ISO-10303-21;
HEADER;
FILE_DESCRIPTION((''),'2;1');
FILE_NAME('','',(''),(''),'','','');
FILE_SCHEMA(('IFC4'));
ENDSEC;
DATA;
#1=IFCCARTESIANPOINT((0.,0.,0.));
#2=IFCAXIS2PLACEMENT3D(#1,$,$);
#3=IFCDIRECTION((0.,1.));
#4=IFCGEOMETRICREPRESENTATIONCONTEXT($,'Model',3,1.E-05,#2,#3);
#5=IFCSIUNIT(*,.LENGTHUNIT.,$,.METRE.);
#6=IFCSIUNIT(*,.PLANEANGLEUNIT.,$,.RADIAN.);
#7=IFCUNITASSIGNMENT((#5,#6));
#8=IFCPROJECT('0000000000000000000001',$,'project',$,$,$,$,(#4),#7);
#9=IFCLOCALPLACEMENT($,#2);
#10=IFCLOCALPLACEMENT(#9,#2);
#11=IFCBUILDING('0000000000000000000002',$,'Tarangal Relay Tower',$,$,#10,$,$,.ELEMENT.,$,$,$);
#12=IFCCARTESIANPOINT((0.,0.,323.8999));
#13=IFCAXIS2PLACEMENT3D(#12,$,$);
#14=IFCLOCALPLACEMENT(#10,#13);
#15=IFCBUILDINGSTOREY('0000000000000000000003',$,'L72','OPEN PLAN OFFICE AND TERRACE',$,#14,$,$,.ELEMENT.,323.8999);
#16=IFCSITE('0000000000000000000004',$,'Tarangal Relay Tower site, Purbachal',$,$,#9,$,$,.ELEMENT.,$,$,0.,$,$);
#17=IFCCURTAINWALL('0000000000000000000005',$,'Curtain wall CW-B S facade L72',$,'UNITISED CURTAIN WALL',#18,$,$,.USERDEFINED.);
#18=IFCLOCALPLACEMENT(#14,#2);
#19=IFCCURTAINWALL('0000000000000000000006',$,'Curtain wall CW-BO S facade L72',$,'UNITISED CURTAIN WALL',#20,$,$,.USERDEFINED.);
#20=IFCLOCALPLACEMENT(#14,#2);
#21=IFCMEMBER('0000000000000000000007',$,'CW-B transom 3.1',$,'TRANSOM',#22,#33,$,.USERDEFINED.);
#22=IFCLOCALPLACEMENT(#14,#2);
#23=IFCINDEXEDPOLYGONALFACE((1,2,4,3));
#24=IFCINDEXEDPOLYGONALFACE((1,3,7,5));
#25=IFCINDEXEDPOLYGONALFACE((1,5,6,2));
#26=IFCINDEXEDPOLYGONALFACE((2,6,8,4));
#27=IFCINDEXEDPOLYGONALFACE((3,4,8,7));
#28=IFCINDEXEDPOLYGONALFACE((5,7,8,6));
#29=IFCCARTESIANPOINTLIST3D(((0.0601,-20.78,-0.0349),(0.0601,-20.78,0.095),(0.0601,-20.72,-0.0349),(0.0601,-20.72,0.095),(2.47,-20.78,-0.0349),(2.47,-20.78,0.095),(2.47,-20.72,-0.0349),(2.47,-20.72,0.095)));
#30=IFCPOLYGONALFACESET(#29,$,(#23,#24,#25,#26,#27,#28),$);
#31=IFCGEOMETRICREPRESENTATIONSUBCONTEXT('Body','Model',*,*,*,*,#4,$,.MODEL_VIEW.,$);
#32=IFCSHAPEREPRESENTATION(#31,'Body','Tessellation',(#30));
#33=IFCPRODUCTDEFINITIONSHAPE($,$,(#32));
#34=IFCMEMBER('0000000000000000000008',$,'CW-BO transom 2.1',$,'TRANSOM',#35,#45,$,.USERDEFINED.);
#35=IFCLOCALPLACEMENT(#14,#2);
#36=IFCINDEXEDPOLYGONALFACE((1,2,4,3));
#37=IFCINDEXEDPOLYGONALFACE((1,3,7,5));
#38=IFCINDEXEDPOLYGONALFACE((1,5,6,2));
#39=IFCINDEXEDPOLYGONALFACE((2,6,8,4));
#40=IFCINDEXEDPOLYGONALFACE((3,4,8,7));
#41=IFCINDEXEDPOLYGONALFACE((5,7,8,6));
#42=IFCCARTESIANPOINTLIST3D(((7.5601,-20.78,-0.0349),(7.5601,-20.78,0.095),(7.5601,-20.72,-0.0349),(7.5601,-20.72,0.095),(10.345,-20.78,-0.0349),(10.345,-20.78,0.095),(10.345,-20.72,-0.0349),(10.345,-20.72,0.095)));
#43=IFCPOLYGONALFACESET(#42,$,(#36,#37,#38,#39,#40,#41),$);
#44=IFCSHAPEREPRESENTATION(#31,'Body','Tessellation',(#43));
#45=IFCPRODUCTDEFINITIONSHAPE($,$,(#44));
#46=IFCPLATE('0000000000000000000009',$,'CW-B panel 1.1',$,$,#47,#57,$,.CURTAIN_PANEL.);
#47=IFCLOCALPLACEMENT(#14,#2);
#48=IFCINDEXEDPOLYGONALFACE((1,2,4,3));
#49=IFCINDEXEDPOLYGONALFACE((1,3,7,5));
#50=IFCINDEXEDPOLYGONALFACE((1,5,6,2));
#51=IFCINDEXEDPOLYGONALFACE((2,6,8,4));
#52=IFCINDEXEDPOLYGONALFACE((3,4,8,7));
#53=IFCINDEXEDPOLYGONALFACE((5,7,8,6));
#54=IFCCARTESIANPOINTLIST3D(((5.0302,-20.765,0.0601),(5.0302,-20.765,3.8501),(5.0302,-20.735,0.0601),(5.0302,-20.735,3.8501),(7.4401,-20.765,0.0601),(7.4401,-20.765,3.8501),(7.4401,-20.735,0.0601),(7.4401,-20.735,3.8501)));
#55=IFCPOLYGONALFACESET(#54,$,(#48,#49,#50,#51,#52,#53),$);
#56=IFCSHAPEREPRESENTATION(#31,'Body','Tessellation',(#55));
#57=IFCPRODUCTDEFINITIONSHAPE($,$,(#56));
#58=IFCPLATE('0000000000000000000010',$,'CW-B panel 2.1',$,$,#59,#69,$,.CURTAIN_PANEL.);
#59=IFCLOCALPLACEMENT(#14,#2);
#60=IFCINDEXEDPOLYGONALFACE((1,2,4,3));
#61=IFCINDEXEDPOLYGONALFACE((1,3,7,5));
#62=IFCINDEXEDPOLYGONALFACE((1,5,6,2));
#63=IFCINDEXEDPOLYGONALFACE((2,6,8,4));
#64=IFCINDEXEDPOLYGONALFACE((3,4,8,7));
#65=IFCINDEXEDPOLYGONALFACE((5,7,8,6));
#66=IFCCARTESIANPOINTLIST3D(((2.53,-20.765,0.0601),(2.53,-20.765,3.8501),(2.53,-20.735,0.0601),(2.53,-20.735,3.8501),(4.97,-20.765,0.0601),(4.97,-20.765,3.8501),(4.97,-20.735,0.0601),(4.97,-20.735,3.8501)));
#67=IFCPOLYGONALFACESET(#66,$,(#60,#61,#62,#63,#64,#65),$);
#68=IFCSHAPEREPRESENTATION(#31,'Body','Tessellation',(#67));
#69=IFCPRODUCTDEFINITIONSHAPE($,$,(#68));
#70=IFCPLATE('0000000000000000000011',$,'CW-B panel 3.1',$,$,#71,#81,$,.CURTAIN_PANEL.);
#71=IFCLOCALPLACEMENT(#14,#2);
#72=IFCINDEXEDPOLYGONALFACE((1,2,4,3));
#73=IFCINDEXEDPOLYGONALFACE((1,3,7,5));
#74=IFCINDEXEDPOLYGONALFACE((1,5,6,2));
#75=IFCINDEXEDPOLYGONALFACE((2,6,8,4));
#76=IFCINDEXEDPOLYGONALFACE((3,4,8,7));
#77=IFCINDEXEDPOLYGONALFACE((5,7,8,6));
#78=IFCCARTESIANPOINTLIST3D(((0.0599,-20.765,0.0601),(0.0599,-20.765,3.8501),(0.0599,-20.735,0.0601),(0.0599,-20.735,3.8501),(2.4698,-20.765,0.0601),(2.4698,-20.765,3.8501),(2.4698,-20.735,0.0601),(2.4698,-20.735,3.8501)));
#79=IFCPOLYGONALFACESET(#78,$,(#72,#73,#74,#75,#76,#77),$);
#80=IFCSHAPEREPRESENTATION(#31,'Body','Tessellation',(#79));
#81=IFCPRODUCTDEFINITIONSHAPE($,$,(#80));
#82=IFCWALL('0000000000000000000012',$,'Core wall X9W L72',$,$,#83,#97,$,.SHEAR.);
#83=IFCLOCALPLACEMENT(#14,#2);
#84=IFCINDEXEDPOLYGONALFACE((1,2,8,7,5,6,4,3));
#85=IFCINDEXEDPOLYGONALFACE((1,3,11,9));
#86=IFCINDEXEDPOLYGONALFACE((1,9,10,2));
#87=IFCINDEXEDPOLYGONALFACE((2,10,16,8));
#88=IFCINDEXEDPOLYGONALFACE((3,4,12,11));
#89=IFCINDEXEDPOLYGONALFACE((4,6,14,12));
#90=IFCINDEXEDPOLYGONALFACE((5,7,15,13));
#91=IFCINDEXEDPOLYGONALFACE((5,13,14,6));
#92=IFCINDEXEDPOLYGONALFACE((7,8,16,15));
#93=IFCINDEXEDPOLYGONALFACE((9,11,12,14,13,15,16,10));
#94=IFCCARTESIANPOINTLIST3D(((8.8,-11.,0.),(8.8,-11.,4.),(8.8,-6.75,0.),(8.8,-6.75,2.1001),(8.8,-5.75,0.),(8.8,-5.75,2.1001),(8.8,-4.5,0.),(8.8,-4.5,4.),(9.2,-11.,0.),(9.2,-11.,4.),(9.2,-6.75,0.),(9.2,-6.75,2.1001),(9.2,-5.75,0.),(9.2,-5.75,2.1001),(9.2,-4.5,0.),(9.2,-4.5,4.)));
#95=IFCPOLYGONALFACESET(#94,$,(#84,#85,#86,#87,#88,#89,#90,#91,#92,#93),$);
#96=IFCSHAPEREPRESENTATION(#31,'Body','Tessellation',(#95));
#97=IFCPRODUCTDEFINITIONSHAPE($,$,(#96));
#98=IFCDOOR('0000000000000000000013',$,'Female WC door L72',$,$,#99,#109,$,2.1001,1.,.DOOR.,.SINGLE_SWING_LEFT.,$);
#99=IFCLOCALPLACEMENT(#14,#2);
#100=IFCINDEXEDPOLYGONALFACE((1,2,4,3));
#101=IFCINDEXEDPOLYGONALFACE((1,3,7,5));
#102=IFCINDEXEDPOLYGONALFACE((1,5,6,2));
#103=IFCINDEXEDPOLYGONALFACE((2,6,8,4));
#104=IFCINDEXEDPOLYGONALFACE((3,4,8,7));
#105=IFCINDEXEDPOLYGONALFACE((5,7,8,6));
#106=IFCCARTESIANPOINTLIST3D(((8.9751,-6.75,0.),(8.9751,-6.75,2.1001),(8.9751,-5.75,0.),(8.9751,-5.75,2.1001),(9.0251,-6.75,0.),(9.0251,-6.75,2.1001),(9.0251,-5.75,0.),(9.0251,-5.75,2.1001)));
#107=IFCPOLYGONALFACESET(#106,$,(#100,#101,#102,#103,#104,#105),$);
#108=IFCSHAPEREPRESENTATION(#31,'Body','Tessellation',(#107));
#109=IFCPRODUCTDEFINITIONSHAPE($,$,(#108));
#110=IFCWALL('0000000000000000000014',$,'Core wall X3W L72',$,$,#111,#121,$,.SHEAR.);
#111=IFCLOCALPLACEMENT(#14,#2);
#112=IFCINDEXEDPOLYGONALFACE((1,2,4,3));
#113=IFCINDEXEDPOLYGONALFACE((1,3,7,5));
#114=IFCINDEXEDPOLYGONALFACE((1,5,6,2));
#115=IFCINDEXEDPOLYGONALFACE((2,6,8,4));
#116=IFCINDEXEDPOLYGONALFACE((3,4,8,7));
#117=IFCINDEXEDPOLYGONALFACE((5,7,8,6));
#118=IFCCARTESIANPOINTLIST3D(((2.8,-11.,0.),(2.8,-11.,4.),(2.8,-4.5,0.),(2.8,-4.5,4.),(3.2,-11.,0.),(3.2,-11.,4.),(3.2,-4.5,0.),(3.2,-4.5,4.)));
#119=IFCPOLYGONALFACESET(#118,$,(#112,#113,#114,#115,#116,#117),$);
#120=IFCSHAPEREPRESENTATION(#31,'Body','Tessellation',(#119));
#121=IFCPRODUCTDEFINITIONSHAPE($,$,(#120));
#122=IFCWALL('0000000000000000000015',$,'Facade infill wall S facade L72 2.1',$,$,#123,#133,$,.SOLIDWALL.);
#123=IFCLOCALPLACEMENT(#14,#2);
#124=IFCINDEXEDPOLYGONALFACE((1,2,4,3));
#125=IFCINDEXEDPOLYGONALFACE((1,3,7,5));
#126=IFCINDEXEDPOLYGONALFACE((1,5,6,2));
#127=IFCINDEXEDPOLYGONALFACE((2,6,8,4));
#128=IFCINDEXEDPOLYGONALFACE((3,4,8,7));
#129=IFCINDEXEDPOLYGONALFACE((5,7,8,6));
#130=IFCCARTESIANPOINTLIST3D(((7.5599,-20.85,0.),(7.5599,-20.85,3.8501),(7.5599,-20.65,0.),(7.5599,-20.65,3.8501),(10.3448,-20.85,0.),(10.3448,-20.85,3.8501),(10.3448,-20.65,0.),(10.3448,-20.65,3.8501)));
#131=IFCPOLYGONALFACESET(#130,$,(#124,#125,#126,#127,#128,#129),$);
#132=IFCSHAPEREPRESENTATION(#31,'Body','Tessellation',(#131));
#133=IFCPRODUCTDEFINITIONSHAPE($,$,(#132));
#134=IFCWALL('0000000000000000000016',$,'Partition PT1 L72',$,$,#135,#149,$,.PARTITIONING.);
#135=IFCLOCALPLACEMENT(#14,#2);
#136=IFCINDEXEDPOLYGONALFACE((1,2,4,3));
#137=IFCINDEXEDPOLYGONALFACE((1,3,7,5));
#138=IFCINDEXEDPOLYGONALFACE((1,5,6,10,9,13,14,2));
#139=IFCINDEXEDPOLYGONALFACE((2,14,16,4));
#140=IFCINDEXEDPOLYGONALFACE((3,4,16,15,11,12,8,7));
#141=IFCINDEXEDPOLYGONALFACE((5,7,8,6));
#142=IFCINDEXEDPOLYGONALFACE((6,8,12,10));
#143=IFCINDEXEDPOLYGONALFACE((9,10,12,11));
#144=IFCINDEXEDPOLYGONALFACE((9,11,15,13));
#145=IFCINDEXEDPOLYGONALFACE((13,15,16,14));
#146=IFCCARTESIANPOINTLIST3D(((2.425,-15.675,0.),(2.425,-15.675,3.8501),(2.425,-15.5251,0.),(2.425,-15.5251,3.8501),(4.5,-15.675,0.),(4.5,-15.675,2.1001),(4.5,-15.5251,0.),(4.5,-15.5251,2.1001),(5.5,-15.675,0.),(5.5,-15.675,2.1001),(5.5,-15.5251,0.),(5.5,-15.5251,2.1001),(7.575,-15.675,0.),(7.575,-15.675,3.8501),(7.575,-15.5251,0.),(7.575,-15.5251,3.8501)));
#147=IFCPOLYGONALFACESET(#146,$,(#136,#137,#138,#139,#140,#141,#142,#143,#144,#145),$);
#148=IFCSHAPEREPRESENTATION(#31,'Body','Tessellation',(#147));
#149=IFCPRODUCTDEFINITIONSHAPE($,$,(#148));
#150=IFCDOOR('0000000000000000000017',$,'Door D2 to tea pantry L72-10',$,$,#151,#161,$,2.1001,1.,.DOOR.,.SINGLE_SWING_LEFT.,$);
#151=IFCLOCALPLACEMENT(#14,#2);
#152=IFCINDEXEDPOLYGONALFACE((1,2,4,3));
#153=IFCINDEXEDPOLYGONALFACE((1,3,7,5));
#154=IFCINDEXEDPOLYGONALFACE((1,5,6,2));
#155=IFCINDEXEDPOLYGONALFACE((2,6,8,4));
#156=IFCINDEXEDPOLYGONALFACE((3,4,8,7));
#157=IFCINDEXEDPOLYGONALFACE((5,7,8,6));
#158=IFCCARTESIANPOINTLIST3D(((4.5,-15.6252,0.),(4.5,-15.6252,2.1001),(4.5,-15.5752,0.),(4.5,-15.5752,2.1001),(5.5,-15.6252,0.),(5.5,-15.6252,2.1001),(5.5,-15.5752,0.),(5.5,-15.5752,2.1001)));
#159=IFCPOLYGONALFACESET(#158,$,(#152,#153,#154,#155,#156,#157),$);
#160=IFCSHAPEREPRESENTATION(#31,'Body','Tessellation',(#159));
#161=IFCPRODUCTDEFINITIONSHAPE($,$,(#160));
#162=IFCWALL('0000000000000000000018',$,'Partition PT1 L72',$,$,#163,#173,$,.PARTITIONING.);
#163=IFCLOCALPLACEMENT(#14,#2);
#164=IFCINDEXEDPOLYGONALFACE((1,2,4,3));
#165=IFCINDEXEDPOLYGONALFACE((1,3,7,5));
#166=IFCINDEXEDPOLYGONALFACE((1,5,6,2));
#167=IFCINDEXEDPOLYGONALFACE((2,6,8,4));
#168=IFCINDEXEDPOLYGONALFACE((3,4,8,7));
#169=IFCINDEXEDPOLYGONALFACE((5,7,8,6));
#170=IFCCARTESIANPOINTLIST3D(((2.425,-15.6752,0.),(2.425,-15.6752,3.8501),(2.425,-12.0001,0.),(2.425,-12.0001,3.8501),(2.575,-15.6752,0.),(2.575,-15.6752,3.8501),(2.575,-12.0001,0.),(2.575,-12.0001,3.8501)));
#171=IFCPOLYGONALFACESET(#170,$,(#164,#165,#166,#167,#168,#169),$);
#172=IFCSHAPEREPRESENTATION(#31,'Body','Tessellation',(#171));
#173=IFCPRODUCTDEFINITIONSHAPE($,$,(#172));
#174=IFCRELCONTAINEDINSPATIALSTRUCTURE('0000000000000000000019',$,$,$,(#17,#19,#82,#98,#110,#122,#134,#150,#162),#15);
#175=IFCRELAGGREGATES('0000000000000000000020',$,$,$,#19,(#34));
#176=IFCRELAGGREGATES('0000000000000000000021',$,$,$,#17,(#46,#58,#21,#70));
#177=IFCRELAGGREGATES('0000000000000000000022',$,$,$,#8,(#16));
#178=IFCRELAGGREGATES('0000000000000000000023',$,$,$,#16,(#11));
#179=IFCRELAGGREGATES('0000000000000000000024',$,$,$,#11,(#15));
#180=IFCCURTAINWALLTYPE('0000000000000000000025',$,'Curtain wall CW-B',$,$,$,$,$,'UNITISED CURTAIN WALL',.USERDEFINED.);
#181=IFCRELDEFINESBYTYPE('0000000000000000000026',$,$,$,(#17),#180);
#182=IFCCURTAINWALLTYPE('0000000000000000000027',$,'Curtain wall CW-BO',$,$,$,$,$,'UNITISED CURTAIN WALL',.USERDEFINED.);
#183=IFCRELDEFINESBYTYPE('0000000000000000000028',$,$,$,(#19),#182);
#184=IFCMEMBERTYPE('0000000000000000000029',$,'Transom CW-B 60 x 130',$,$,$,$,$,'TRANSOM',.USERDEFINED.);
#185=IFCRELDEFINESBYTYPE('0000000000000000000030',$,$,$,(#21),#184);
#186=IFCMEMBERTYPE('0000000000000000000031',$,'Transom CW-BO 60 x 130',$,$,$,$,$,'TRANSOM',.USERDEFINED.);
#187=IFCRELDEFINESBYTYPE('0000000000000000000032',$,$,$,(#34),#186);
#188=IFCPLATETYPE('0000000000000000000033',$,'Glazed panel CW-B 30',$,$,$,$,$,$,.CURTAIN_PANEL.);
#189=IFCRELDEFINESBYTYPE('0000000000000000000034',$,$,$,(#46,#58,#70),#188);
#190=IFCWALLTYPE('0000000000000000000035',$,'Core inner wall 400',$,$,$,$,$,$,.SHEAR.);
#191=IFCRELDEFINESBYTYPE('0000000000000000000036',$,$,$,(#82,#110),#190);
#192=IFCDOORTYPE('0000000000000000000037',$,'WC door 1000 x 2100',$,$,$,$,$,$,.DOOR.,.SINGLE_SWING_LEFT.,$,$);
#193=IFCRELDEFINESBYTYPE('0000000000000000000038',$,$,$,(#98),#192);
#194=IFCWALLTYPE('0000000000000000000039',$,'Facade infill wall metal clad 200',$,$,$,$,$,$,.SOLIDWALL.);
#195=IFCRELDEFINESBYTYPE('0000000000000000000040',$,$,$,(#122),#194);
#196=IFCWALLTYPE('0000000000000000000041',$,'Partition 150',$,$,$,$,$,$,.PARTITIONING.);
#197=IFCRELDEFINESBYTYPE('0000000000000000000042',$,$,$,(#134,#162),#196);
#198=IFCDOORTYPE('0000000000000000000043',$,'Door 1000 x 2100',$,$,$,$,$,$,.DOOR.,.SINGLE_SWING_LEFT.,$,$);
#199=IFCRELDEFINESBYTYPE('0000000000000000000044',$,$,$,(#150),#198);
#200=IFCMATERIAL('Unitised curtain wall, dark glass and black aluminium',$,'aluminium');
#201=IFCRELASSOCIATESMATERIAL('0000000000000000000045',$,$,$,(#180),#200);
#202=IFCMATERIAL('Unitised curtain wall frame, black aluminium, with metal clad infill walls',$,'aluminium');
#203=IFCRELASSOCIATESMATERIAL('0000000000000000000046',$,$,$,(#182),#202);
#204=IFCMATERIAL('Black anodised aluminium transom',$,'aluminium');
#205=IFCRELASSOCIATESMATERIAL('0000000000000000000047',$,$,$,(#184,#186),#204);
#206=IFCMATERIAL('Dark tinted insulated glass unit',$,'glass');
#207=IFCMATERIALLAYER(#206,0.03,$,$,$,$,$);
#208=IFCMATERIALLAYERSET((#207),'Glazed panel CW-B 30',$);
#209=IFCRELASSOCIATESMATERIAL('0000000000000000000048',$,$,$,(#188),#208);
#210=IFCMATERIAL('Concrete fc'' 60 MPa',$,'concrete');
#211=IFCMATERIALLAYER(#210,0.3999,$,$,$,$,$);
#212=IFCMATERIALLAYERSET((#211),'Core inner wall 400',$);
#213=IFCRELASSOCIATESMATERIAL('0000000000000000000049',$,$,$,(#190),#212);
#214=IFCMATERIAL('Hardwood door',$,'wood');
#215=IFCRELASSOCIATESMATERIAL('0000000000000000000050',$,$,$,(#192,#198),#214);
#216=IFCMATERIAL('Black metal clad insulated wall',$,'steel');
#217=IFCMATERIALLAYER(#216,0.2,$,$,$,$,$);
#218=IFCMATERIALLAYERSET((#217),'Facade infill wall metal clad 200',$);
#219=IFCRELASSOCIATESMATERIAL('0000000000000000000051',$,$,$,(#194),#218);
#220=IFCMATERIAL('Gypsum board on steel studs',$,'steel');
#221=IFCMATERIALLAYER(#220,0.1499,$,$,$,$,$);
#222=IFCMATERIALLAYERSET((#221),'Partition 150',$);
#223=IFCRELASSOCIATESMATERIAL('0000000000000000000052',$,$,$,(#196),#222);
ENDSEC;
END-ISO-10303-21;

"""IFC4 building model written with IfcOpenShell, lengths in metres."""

from ifc_helpers import new_model, si_unit, direction, frame, frame_2d, origin, origin_2d, place, context, subcontext, project, spatial, rectangle, extrude, material, layer, layer_set, material_profile, profile_set, type_object, element, fill, aggregate, save


model = new_model("IFC4")

# Units and contexts
model_context = context("Model", 3, precision=1e-05, world=origin(), true_north=direction((0.0, 1.0)))
body_context = subcontext(model_context, "Body", "Model", "MODEL_VIEW")
ifc_project = project(units=[si_unit("LENGTHUNIT", "METRE"), si_unit("PLANEANGLEUNIT", "RADIAN")], contexts=[model_context])

# Site, building, storey
site_placement = place(None, origin())
site = spatial("IfcSite", under=ifc_project, at=site_placement, Name="Tarangal Relay Tower site, Purbachal", CompositionType="ELEMENT", RefElevation=0.0)
building_placement = place(site_placement, origin())
building = spatial("IfcBuilding", under=site, at=building_placement, Name="Tarangal Relay Tower", CompositionType="ELEMENT")
storey_placement = place(building_placement, frame((0.0, 0.0, 323.8999)))
storey = spatial("IfcBuildingStorey", under=building, at=storey_placement, Name="L72", Description="OPEN PLAN OFFICE AND TERRACE", CompositionType="ELEMENT", Elevation=323.8999)

# Curtain wall
ifc_material_1 = material(Name="Unitised curtain wall, dark glass and black aluminium", Category="aluminium")
curtain_wall_type_1 = type_object("IfcCurtainWallType", Name="Curtain wall CW-B", ElementType="UNITISED CURTAIN WALL", PredefinedType="USERDEFINED", material=ifc_material_1)
curtain_wall_1_placement = place(storey_placement, origin())
curtain_wall_1 = element("IfcCurtainWall", 1, at=curtain_wall_1_placement, inside=storey, type_object=curtain_wall_type_1, Name="Curtain wall CW-B S facade L72", ObjectType="UNITISED CURTAIN WALL", PredefinedType="USERDEFINED")

# Curtain wall
ifc_material_2 = material(Name="Unitised curtain wall frame, black aluminium, with metal clad infill walls", Category="aluminium")
curtain_wall_type_2 = type_object("IfcCurtainWallType", Name="Curtain wall CW-BO", ElementType="UNITISED CURTAIN WALL", PredefinedType="USERDEFINED", material=ifc_material_2)
curtain_wall_2_placement = place(storey_placement, origin())
curtain_wall_2 = element("IfcCurtainWall", 2, at=curtain_wall_2_placement, inside=storey, type_object=curtain_wall_type_2, Name="Curtain wall CW-BO S facade L72", ObjectType="UNITISED CURTAIN WALL", PredefinedType="USERDEFINED")

# Members
ifc_material_3 = material(Name="Black anodised aluminium transom", Category="aluminium")
ifc_material_profile_1 = material_profile(ifc_material_3, rectangle(XDim=0.0601, YDim=0.1299, at=origin_2d()), Name="CW-BT 60X130")
ifc_profile_set_1 = profile_set([ifc_material_profile_1], Name="Black anodised aluminium transom")
member_type_1 = type_object("IfcMemberType", Name="Transom CW-B 60 x 130", ElementType="TRANSOM", PredefinedType="USERDEFINED", material=ifc_profile_set_1)
member_1_placement = place(storey_placement, frame((2.47, -20.75, 0.03), z_axis=(-1.0, 0.0, 0.0), x_axis=(0.0, -1.0, 0.0)))
member_1 = element("IfcMember", 3, at=member_1_placement, type_object=member_type_1, Name="CW-B transom 3.1", ObjectType="TRANSOM", PredefinedType="USERDEFINED", context=body_context, shape_type="SweptSolid", body=[
    extrude(rectangle(XDim=0.0601, YDim=0.1299, at=origin_2d()), origin(), (0.0, 0.0, 1.0), 2.4099),
])
ifc_material_profile_2 = material_profile(ifc_material_3, rectangle(XDim=0.0601, YDim=0.1299, at=origin_2d()), Name="CW-BOT 60X130")
ifc_profile_set_2 = profile_set([ifc_material_profile_2], Name="Black anodised aluminium transom")
member_type_2 = type_object("IfcMemberType", Name="Transom CW-BO 60 x 130", ElementType="TRANSOM", PredefinedType="USERDEFINED", material=ifc_profile_set_2)
member_2_placement = place(storey_placement, frame((10.345, -20.75, 0.03), z_axis=(-1.0, 0.0, 0.0), x_axis=(0.0, -1.0, 0.0)))
member_2 = element("IfcMember", 4, at=member_2_placement, type_object=member_type_2, Name="CW-BO transom 2.1", ObjectType="TRANSOM", PredefinedType="USERDEFINED", context=body_context, shape_type="SweptSolid", body=[
    extrude(rectangle(XDim=0.0601, YDim=0.1299, at=origin_2d()), origin(), (0.0, 0.0, 1.0), 2.7849),
])
aggregate(curtain_wall_2, [member_2])

# Plates
ifc_material_4 = material(Name="Dark tinted insulated glass unit", Category="glass")
ifc_layer_1 = layer(ifc_material_4, 0.03)
ifc_layer_set_1 = layer_set([ifc_layer_1], Name="Glazed panel CW-B 30")
plate_type = type_object("IfcPlateType", Name="Glazed panel CW-B 30", PredefinedType="CURTAIN_PANEL", material=ifc_layer_set_1)
plate_1_placement = place(storey_placement, frame((6.2351, -20.75, 0.0601), z_axis=(0.0, 0.0, 1.0), x_axis=(-1.0, 0.0, 0.0)))
plate_1 = element("IfcPlate", 5, at=plate_1_placement, type_object=plate_type, Name="CW-B panel 1.1", PredefinedType="CURTAIN_PANEL", context=body_context, shape_type="SweptSolid", body=[
    extrude(rectangle(XDim=2.4099, YDim=0.03, at=origin_2d()), origin(), (0.0, 0.0, 1.0), 3.79),
])
plate_2_placement = place(storey_placement, frame((3.75, -20.75, 0.0601), z_axis=(0.0, 0.0, 1.0), x_axis=(-1.0, 0.0, 0.0)))
plate_2 = element("IfcPlate", 6, at=plate_2_placement, type_object=plate_type, Name="CW-B panel 2.1", PredefinedType="CURTAIN_PANEL", context=body_context, shape_type="SweptSolid", body=[
    extrude(rectangle(XDim=2.4399, YDim=0.03, at=origin_2d()), origin(), (0.0, 0.0, 1.0), 3.79),
])
plate_3_placement = place(storey_placement, frame((1.2649, -20.75, 0.0601), z_axis=(0.0, 0.0, 1.0), x_axis=(-1.0, 0.0, 0.0)))
plate_3 = element("IfcPlate", 7, at=plate_3_placement, type_object=plate_type, Name="CW-B panel 3.1", PredefinedType="CURTAIN_PANEL", context=body_context, shape_type="SweptSolid", body=[
    extrude(rectangle(XDim=2.4099, YDim=0.03, at=origin_2d()), origin(), (0.0, 0.0, 1.0), 3.79),
])
aggregate(curtain_wall_1, [plate_1, plate_2, member_1, plate_3])

# Wall, opening, door
ifc_material_5 = material(Name="Concrete fc' 60 MPa", Category="concrete")
ifc_layer_2 = layer(ifc_material_5, 0.3999)
ifc_layer_set_2 = layer_set([ifc_layer_2], Name="Core inner wall 400")
wall_type_1 = type_object("IfcWallType", Name="Core inner wall 400", PredefinedType="SHEAR", material=ifc_layer_set_2)
wall_1_placement = place(storey_placement, frame((9.0, -11.0, 0.0), z_axis=(0.0, 0.0, 1.0), x_axis=(0.0, 1.0, 0.0)))
wall_1 = element("IfcWall", 8, at=wall_1_placement, inside=storey, type_object=wall_type_1, Name="Core wall X9W L72", PredefinedType="SHEAR", context=body_context, shape_type="SweptSolid", body=[
    extrude(rectangle(XDim=6.5, YDim=0.3999, at=frame_2d((3.25, 0.0))), origin(), (0.0, 0.0, 1.0), 4.0),
])
opening_1_placement = place(wall_1_placement, frame((4.25, 0.0, 0.0)))
opening_1 = element("IfcOpeningElement", 9, at=opening_1_placement, cuts=wall_1, PredefinedType="OPENING", context=body_context, shape_type="SweptSolid", body=[
    extrude(rectangle(XDim=1.0, YDim=2.1001, at=frame_2d((0.5, 1.05))), frame((0.0, 0.21, 0.0), z_axis=(0.0, -1.0, 0.0), x_axis=(1.0, 0.0, 0.0)), (0.0, 0.0, 1.0), 0.4199),
])
ifc_material_6 = material(Name="Hardwood door", Category="wood")
door_type_1 = type_object("IfcDoorType", Name="WC door 1000 x 2100", OperationType="SINGLE_SWING_LEFT", PredefinedType="DOOR", material=ifc_material_6)
door_1_placement = place(opening_1_placement, origin())
door_1 = element("IfcDoor", 10, at=door_1_placement, inside=storey, type_object=door_type_1, Name="Female WC door L72", OperationType="SINGLE_SWING_LEFT", OverallHeight=2.1001, OverallWidth=1.0, PredefinedType="DOOR", context=body_context, shape_type="SweptSolid", body=[
    extrude(rectangle(XDim=1.0, YDim=2.1001, at=frame_2d((0.5, 1.05))), frame((0.0, 0.0249, 0.0), z_axis=(0.0, -1.0, 0.0), x_axis=(1.0, 0.0, 0.0)), (0.0, 0.0, 1.0), 0.05),
])
fill(opening_1, door_1)

# Walls
wall_2_placement = place(storey_placement, frame((3.0, -11.0, 0.0), z_axis=(0.0, 0.0, 1.0), x_axis=(0.0, 1.0, 0.0)))
element("IfcWall", 11, at=wall_2_placement, inside=storey, type_object=wall_type_1, Name="Core wall X3W L72", PredefinedType="SHEAR", context=body_context, shape_type="SweptSolid", body=[
    extrude(rectangle(XDim=6.5, YDim=0.3999, at=frame_2d((3.25, 0.0))), origin(), (0.0, 0.0, 1.0), 4.0),
])
ifc_material_7 = material(Name="Black metal clad insulated wall", Category="steel")
ifc_layer_3 = layer(ifc_material_7, 0.2)
ifc_layer_set_3 = layer_set([ifc_layer_3], Name="Facade infill wall metal clad 200")
wall_type_2 = type_object("IfcWallType", Name="Facade infill wall metal clad 200", PredefinedType="SOLIDWALL", material=ifc_layer_set_3)
wall_3_placement = place(storey_placement, frame((10.345, -20.75, 0.0), z_axis=(0.0, 0.0, 1.0), x_axis=(-1.0, 0.0, 0.0)))
element("IfcWall", 12, at=wall_3_placement, inside=storey, type_object=wall_type_2, Name="Facade infill wall S facade L72 2.1", PredefinedType="SOLIDWALL", context=body_context, shape_type="SweptSolid", body=[
    extrude(rectangle(XDim=2.7849, YDim=0.2, at=frame_2d((1.3926, 0.0))), origin(), (0.0, 0.0, 1.0), 3.8501),
])

# Wall, opening, door
ifc_material_8 = material(Name="Gypsum board on steel studs", Category="steel")
ifc_layer_4 = layer(ifc_material_8, 0.1499)
ifc_layer_set_4 = layer_set([ifc_layer_4], Name="Partition 150")
wall_type_3 = type_object("IfcWallType", Name="Partition 150", PredefinedType="PARTITIONING", material=ifc_layer_set_4)
wall_4_placement = place(storey_placement, frame((2.425, -15.6001, 0.0), z_axis=(0.0, 0.0, 1.0), x_axis=(1.0, 0.0, 0.0)))
wall_4 = element("IfcWall", 13, at=wall_4_placement, inside=storey, type_object=wall_type_3, Name="Partition PT1 L72", PredefinedType="PARTITIONING", context=body_context, shape_type="SweptSolid", body=[
    extrude(rectangle(XDim=5.1499, YDim=0.1499, at=frame_2d((2.575, 0.0))), origin(), (0.0, 0.0, 1.0), 3.8501),
])
opening_2_placement = place(wall_4_placement, frame((2.075, 0.0, 0.0)))
opening_2 = element("IfcOpeningElement", 14, at=opening_2_placement, cuts=wall_4, PredefinedType="OPENING", context=body_context, shape_type="SweptSolid", body=[
    extrude(rectangle(XDim=1.0, YDim=2.1001, at=frame_2d((0.5, 1.05))), frame((0.0, 0.085, 0.0), z_axis=(0.0, -1.0, 0.0), x_axis=(1.0, 0.0, 0.0)), (0.0, 0.0, 1.0), 0.1699),
])
door_type_2 = type_object("IfcDoorType", Name="Door 1000 x 2100", OperationType="SINGLE_SWING_LEFT", PredefinedType="DOOR", material=ifc_material_6)
door_2_placement = place(opening_2_placement, origin())
door_2 = element("IfcDoor", 15, at=door_2_placement, inside=storey, type_object=door_type_2, Name="Door D2 to tea pantry L72-10", OperationType="SINGLE_SWING_LEFT", OverallHeight=2.1001, OverallWidth=1.0, PredefinedType="DOOR", context=body_context, shape_type="SweptSolid", body=[
    extrude(rectangle(XDim=1.0, YDim=2.1001, at=frame_2d((0.5, 1.05))), frame((0.0, 0.0249, 0.0), z_axis=(0.0, -1.0, 0.0), x_axis=(1.0, 0.0, 0.0)), (0.0, 0.0, 1.0), 0.05),
])
fill(opening_2, door_2)

# Wall
wall_5_placement = place(storey_placement, frame((2.5, -15.675, 0.0), z_axis=(0.0, 0.0, 1.0), x_axis=(0.0, 1.0, 0.0)))
element("IfcWall", 16, at=wall_5_placement, inside=storey, type_object=wall_type_3, Name="Partition PT1 L72", PredefinedType="PARTITIONING", context=body_context, shape_type="SweptSolid", body=[
    extrude(rectangle(XDim=3.675, YDim=0.1499, at=frame_2d((1.8374, 0.0))), origin(), (0.0, 0.0, 1.0), 3.8501),
])

save(model, "model.ifc")
